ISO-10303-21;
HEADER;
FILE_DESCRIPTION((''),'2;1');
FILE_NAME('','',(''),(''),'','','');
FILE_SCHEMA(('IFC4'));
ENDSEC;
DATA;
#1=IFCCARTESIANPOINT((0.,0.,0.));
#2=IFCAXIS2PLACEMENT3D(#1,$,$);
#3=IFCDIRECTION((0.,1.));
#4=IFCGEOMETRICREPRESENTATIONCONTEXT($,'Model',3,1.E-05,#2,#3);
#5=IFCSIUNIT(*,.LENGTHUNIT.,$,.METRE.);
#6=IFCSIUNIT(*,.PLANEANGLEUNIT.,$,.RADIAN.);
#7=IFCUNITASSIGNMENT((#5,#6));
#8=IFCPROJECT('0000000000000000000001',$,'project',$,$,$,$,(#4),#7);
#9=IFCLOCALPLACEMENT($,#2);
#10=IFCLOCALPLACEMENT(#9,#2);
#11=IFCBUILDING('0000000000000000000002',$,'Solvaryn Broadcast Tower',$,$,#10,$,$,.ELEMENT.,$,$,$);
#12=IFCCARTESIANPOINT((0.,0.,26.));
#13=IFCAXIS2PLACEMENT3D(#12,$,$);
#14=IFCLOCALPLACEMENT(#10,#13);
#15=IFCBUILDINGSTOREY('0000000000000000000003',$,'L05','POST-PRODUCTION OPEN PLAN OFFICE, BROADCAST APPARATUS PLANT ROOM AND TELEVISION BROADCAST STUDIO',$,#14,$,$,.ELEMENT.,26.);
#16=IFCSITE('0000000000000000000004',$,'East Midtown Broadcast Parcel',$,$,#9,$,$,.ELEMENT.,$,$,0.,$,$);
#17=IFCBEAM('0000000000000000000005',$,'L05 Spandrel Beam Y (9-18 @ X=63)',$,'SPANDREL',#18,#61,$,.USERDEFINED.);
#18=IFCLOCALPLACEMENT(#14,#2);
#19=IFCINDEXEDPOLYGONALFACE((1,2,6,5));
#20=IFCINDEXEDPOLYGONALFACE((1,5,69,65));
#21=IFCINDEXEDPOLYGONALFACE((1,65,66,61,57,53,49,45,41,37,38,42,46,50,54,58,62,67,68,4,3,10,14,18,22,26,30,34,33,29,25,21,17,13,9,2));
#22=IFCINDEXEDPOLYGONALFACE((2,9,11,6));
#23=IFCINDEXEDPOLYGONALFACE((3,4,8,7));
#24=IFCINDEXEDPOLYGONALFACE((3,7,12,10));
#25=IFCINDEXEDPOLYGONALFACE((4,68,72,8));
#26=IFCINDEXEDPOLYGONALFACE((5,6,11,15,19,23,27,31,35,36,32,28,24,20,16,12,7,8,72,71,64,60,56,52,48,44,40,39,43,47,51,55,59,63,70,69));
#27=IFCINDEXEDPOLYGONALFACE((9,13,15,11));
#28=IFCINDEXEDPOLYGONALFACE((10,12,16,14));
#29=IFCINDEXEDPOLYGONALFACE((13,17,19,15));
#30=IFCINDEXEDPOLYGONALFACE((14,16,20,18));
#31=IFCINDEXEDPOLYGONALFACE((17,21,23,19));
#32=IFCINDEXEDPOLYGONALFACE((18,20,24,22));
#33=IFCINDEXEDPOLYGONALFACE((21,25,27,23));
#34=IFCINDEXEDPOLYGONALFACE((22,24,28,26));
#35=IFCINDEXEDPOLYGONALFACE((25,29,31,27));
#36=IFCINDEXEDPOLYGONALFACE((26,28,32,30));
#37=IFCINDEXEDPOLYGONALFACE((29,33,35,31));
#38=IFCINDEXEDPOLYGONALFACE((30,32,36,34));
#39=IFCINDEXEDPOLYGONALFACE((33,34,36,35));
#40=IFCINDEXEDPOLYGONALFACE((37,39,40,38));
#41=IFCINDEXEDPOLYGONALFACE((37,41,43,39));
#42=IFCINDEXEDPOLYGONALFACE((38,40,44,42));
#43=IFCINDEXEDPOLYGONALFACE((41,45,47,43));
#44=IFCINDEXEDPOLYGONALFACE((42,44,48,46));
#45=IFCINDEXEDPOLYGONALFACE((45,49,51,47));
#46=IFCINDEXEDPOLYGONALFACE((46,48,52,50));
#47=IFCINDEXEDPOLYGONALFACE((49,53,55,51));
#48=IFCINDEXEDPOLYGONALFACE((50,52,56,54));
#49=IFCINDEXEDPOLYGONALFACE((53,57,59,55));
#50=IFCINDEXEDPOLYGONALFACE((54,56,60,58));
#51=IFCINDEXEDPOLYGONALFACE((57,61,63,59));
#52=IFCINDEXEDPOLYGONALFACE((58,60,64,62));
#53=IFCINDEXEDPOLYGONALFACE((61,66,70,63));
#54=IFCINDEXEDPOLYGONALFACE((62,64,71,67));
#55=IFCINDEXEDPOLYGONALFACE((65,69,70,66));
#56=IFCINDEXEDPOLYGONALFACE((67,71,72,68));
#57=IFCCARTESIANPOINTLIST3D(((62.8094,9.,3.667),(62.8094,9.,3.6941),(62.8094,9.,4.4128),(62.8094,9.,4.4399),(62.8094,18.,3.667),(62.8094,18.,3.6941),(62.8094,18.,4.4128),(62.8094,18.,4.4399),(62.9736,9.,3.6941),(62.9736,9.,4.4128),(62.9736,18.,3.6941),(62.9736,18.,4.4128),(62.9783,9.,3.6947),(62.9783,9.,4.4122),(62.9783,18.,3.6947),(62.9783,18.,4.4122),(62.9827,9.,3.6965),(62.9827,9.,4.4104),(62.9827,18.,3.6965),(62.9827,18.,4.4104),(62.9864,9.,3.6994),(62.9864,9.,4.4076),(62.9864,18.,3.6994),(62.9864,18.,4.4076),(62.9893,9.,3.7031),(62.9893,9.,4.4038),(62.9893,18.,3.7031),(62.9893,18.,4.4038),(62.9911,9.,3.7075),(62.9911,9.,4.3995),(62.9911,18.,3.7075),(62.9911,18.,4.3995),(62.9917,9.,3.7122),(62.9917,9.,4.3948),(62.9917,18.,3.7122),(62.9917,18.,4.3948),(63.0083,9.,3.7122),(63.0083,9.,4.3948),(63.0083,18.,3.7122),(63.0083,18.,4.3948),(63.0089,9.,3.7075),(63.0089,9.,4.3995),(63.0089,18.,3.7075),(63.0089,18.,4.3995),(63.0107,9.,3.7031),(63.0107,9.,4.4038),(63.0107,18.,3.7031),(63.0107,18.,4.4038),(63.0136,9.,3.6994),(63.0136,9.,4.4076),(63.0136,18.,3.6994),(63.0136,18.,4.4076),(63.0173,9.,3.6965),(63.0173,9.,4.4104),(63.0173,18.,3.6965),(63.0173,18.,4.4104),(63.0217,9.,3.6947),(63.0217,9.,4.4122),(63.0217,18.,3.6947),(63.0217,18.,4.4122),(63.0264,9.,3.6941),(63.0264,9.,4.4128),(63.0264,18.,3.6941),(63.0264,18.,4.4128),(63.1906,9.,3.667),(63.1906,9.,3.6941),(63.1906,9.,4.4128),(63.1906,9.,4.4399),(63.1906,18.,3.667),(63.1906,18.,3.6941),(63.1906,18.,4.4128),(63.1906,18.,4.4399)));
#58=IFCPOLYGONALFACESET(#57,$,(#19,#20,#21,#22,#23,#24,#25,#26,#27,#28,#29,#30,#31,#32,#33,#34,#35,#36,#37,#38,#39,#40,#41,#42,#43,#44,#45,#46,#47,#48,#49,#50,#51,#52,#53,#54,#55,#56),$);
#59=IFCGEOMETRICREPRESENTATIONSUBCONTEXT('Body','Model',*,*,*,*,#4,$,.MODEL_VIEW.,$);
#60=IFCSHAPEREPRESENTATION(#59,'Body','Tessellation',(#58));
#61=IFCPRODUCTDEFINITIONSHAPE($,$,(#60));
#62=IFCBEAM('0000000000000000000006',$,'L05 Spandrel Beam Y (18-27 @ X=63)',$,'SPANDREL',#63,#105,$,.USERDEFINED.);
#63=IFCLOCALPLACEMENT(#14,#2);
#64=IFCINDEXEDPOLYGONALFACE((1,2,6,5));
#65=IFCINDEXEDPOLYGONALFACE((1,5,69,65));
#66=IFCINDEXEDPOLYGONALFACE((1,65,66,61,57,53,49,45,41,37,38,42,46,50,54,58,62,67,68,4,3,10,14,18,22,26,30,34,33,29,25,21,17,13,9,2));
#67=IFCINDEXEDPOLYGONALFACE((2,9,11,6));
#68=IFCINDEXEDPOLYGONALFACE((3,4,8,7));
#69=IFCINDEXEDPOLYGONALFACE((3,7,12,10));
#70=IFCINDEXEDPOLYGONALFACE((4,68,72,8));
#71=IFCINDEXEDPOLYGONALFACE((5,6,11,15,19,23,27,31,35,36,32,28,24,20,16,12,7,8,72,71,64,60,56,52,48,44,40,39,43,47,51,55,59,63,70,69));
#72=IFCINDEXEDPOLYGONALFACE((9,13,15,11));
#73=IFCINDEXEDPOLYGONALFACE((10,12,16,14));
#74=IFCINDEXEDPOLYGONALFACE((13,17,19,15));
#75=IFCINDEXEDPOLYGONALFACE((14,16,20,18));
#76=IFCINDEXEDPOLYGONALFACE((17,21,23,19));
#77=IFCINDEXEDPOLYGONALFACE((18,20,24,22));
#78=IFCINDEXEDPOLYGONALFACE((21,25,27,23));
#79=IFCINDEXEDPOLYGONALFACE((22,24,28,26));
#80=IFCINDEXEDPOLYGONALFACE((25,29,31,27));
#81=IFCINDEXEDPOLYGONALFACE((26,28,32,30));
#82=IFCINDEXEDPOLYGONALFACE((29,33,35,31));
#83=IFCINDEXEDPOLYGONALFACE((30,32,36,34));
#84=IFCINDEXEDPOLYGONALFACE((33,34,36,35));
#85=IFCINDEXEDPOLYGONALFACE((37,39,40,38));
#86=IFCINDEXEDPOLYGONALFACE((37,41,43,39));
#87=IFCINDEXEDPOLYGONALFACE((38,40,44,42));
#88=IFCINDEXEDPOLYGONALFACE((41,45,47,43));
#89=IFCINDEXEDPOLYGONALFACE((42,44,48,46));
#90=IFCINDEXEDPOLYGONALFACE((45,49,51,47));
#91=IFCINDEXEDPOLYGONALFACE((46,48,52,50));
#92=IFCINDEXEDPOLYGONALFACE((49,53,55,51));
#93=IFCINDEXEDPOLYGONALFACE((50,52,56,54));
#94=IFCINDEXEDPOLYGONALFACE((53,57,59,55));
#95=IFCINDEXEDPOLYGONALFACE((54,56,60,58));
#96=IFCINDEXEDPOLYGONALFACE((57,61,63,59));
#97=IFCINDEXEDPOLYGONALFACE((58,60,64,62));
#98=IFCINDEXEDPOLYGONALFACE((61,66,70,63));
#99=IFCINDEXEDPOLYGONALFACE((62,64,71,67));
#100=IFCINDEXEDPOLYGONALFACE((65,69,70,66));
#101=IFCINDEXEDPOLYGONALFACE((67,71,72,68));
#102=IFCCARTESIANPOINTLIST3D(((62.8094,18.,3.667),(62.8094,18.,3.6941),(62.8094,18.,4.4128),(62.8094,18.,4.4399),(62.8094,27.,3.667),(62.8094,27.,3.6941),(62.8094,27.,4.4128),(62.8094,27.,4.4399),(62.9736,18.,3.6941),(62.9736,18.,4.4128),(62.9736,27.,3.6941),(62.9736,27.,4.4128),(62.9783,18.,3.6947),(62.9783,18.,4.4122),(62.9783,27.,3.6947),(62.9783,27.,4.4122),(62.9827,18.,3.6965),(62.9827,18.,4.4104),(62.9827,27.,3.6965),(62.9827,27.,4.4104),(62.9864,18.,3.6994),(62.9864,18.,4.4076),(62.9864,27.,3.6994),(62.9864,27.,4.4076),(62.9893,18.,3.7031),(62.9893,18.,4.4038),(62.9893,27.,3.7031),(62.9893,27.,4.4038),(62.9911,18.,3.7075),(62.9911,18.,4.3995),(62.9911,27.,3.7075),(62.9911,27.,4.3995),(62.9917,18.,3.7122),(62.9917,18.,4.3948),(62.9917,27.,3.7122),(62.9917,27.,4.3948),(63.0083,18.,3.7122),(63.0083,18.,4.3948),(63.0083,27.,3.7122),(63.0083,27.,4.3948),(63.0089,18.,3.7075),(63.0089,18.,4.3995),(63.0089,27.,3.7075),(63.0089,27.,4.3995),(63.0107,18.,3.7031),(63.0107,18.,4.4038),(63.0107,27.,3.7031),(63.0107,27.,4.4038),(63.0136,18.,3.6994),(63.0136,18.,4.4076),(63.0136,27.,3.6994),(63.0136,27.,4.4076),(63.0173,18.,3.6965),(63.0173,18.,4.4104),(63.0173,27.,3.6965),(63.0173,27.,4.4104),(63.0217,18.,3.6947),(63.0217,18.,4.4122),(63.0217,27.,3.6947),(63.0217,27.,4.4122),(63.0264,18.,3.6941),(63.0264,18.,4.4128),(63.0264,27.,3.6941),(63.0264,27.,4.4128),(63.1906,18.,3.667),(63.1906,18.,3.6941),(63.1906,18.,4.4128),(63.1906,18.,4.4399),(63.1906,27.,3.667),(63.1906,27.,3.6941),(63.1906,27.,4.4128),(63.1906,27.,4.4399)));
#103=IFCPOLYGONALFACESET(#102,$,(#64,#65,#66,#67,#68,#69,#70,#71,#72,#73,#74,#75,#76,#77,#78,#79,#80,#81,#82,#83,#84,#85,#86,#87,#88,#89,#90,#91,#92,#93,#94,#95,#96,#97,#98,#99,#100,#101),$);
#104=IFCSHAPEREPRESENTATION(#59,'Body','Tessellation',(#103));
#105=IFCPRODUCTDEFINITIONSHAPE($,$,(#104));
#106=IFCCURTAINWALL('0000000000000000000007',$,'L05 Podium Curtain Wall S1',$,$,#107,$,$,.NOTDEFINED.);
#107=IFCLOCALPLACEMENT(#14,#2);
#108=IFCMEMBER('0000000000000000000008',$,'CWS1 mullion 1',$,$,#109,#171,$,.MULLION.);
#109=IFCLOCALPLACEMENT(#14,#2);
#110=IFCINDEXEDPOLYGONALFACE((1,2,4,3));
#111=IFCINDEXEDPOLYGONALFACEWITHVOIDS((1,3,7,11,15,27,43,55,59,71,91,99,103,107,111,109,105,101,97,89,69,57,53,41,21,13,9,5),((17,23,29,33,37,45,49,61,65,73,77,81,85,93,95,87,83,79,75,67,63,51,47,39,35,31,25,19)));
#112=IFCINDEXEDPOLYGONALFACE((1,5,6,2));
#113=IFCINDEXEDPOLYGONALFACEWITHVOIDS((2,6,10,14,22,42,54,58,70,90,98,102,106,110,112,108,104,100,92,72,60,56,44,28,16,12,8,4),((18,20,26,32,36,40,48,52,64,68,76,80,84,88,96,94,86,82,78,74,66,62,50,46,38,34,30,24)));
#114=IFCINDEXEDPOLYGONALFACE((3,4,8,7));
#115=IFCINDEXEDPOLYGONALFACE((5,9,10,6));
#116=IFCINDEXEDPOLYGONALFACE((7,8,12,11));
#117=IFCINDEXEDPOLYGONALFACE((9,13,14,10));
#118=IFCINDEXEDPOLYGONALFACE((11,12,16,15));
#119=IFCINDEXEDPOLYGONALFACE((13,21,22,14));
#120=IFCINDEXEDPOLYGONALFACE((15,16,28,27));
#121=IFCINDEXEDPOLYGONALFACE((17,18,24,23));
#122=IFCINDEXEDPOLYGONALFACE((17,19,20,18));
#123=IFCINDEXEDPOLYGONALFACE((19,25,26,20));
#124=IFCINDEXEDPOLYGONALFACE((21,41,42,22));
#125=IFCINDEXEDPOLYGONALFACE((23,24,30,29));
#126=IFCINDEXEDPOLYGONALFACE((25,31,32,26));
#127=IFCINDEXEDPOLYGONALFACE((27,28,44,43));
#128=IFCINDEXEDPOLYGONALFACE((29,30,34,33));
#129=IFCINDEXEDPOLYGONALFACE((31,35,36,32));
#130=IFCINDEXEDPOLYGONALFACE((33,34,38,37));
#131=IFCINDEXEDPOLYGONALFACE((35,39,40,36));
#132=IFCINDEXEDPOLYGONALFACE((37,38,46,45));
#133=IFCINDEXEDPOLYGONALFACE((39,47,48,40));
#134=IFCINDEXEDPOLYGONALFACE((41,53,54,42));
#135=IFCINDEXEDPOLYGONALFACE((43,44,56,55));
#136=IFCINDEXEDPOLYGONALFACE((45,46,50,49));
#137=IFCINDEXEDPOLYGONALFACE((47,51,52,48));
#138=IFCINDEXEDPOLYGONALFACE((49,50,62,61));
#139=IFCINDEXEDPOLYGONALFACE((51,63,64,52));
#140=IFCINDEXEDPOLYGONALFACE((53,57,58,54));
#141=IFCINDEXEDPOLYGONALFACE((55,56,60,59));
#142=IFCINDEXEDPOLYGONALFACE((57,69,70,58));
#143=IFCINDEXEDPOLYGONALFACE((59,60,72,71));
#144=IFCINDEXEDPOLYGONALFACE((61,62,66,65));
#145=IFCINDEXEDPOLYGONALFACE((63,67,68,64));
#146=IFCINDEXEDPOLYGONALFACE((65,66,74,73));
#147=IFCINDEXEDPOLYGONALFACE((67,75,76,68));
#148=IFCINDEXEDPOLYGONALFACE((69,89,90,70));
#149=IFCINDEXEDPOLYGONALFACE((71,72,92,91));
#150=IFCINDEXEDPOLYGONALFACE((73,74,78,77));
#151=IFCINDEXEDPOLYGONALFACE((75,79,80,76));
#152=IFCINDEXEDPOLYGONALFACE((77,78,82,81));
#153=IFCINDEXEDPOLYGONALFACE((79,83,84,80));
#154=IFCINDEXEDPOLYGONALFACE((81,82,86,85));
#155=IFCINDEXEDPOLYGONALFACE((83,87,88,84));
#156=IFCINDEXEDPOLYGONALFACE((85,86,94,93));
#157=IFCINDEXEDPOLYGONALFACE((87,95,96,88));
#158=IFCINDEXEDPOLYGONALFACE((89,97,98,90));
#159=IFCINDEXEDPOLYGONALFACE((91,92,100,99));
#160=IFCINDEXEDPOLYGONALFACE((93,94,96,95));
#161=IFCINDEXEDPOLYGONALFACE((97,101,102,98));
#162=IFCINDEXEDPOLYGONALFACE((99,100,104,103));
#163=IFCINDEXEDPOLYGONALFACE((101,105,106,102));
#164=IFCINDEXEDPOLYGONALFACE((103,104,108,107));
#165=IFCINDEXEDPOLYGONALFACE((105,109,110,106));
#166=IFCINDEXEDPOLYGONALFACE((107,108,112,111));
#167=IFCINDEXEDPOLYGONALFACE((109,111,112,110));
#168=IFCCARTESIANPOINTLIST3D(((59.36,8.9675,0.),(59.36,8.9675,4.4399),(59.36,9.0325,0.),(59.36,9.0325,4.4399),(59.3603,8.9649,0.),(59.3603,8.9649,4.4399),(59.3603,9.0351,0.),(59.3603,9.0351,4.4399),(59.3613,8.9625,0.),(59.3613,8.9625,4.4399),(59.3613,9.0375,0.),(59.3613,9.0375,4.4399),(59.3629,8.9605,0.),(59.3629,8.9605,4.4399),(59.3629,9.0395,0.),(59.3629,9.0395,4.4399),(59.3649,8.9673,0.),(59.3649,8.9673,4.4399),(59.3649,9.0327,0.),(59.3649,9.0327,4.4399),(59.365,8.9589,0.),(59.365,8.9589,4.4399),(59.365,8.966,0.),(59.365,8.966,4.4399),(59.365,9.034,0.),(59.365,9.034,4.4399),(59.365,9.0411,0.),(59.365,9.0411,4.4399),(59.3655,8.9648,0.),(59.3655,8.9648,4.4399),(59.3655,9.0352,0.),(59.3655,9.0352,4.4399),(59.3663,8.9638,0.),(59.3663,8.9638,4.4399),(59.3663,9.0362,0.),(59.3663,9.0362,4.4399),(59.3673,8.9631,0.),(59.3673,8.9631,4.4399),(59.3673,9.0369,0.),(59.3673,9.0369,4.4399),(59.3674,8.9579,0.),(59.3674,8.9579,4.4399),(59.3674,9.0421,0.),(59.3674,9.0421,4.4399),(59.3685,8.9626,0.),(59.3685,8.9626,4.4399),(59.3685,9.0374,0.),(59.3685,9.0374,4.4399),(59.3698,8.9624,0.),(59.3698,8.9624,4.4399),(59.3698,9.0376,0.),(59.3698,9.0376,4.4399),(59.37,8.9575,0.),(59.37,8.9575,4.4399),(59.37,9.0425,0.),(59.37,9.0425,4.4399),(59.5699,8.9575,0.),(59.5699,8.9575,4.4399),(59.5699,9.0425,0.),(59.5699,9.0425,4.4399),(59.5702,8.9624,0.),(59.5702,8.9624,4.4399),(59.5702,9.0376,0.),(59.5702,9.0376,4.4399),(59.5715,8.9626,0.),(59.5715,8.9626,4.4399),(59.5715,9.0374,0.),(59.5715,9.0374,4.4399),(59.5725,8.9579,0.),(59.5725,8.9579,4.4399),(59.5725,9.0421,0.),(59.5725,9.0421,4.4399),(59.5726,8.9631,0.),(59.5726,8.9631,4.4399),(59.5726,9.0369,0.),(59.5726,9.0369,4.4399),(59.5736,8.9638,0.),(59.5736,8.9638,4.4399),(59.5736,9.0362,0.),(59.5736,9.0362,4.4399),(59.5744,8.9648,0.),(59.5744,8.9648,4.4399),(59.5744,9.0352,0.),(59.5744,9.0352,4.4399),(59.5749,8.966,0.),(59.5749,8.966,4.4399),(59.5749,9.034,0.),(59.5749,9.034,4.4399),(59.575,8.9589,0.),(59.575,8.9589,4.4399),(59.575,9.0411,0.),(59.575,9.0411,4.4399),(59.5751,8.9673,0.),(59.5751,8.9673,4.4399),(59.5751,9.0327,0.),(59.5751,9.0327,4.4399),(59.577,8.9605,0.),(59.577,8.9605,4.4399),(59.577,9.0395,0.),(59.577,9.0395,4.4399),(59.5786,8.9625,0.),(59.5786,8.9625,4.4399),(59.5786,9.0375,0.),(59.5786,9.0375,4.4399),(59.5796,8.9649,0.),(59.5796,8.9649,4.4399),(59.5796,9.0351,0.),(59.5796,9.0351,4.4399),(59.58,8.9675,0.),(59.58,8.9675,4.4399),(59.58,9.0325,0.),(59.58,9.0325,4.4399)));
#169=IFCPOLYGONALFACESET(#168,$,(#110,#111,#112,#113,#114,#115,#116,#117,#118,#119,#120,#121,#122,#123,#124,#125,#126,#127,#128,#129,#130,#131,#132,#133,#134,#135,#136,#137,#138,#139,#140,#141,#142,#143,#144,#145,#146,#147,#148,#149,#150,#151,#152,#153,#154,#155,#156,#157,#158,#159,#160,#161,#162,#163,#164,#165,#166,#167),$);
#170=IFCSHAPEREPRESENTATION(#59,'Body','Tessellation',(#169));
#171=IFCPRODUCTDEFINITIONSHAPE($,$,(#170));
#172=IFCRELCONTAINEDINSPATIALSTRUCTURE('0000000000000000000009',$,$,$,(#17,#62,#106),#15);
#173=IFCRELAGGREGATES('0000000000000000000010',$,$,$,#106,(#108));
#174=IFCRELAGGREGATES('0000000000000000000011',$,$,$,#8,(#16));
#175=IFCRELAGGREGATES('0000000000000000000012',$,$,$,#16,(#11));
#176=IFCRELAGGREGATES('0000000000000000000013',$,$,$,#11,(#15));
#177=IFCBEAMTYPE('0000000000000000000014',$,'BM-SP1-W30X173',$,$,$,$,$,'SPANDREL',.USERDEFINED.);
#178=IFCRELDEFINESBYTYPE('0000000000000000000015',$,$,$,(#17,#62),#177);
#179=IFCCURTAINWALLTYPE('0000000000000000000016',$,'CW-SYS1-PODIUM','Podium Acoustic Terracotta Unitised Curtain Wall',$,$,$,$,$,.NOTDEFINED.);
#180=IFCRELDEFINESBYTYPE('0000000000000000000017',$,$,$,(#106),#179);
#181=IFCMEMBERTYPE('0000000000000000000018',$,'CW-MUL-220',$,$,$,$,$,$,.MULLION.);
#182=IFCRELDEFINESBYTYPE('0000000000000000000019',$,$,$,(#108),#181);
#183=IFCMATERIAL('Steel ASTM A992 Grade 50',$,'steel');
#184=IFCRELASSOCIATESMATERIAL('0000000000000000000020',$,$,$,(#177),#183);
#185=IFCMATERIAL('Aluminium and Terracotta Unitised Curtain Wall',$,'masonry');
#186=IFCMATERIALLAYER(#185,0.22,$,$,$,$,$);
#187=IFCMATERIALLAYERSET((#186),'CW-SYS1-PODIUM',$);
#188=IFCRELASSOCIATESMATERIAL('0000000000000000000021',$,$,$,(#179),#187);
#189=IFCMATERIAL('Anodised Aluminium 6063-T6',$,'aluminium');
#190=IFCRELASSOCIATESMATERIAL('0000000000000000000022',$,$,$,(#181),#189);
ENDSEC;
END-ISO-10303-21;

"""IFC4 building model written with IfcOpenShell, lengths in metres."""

from ifc_helpers import new_model, si_unit, direction, frame, origin, origin_2d, place, context, subcontext, project, spatial, hollow_rectangle, i_section, extrude, material, layer, layer_set, material_profile, profile_set, type_object, element, aggregate, save


model = new_model("IFC4")

# Units and contexts
model_context = context("Model", 3, precision=1e-05, world=origin(), true_north=direction((0.0, 1.0)))
body_context = subcontext(model_context, "Body", "Model", "MODEL_VIEW")
ifc_project = project(units=[si_unit("LENGTHUNIT", "METRE"), si_unit("PLANEANGLEUNIT", "RADIAN")], contexts=[model_context])

# Site, building, storey
site_placement = place(None, origin())
site = spatial("IfcSite", under=ifc_project, at=site_placement, Name="East Midtown Broadcast Parcel", CompositionType="ELEMENT", RefElevation=0.0)
building_placement = place(site_placement, origin())
building = spatial("IfcBuilding", under=site, at=building_placement, Name="Solvaryn Broadcast Tower", CompositionType="ELEMENT")
storey_placement = place(building_placement, frame((0.0, 0.0, 26.0)))
storey = spatial("IfcBuildingStorey", under=building, at=storey_placement, Name="L05", Description="POST-PRODUCTION OPEN PLAN OFFICE, BROADCAST APPARATUS PLANT ROOM AND TELEVISION BROADCAST STUDIO", CompositionType="ELEMENT", Elevation=26.0)

# Beams
ifc_material_1 = material(Name="Steel ASTM A992 Grade 50", Category="steel")
ifc_material_profile_1 = material_profile(ifc_material_1, i_section(OverallWidth=0.3811, OverallDepth=0.7729, WebThickness=0.0166, FlangeThickness=0.0271, FilletRadius=0.0181, at=origin_2d()))
ifc_profile_set_1 = profile_set([ifc_material_profile_1], Name="Steel ASTM A992 Grade 50")
beam_type_1 = type_object("IfcBeamType", Name="BM-SP1-W30X173", ElementType="SPANDREL", PredefinedType="USERDEFINED", material=ifc_profile_set_1)
for number, where, z_axis, x_axis, name in (
    (1, (63.0, 9.0, 4.0535), (0.0, 1.0, 0.0), (-1.0, 0.0, 0.0), "L05 Spandrel Beam Y (9-18 @ X=63)"),
    (2, (63.0, 18.0, 4.0535), (0.0, 1.0, 0.0), (-1.0, 0.0, 0.0), "L05 Spandrel Beam Y (18-27 @ X=63)"),
):
    element("IfcBeam", number, at=place(storey_placement, frame(where, z_axis=z_axis, x_axis=x_axis)), inside=storey, type_object=beam_type_1, Name=name, ObjectType="SPANDREL", PredefinedType="USERDEFINED", context=body_context, shape_type="SweptSolid", body=[
        extrude(i_section(OverallWidth=0.3811, OverallDepth=0.7729, WebThickness=0.0166, FlangeThickness=0.0271, FilletRadius=0.0181, at=origin_2d()), origin(), (0.0, 0.0, 1.0), 9.0),
    ])

# Curtain wall, member
ifc_material_2 = material(Name="Aluminium and Terracotta Unitised Curtain Wall", Category="masonry")
ifc_layer_1 = layer(ifc_material_2, 0.22)
ifc_layer_set_1 = layer_set([ifc_layer_1], Name="CW-SYS1-PODIUM")
curtain_wall_type = type_object("IfcCurtainWallType", Name="CW-SYS1-PODIUM", Description="Podium Acoustic Terracotta Unitised Curtain Wall", PredefinedType="NOTDEFINED", material=ifc_layer_set_1)
curtain_wall_1_placement = place(storey_placement, origin())
curtain_wall_1 = element("IfcCurtainWall", 3, at=curtain_wall_1_placement, inside=storey, type_object=curtain_wall_type, Name="L05 Podium Curtain Wall S1", PredefinedType="NOTDEFINED")
ifc_material_3 = material(Name="Anodised Aluminium 6063-T6", Category="aluminium")
ifc_material_profile_2 = material_profile(ifc_material_3, hollow_rectangle(XDim=0.085, YDim=0.22, WallThickness=0.0049, InnerFilletRadius=0.0049, OuterFilletRadius=0.01, at=origin_2d()))
ifc_profile_set_2 = profile_set([ifc_material_profile_2], Name="Anodised Aluminium 6063-T6")
member_type_1 = type_object("IfcMemberType", Name="CW-MUL-220", PredefinedType="MULLION", material=ifc_profile_set_2)
member_1_placement = place(storey_placement, frame((59.47, 9.0, 0.0), z_axis=(0.0, 0.0, 1.0), x_axis=(0.0, -1.0, 0.0)))
member_1 = element("IfcMember", 4, at=member_1_placement, type_object=member_type_1, Name="CWS1 mullion 1", PredefinedType="MULLION", context=body_context, shape_type="SweptSolid", body=[
    extrude(hollow_rectangle(XDim=0.085, YDim=0.22, WallThickness=0.0049, InnerFilletRadius=0.0049, OuterFilletRadius=0.01, at=origin_2d()), origin(), (0.0, 0.0, 1.0), 4.4399),
])

aggregate(curtain_wall_1, [member_1])

save(model, "model.ifc")
